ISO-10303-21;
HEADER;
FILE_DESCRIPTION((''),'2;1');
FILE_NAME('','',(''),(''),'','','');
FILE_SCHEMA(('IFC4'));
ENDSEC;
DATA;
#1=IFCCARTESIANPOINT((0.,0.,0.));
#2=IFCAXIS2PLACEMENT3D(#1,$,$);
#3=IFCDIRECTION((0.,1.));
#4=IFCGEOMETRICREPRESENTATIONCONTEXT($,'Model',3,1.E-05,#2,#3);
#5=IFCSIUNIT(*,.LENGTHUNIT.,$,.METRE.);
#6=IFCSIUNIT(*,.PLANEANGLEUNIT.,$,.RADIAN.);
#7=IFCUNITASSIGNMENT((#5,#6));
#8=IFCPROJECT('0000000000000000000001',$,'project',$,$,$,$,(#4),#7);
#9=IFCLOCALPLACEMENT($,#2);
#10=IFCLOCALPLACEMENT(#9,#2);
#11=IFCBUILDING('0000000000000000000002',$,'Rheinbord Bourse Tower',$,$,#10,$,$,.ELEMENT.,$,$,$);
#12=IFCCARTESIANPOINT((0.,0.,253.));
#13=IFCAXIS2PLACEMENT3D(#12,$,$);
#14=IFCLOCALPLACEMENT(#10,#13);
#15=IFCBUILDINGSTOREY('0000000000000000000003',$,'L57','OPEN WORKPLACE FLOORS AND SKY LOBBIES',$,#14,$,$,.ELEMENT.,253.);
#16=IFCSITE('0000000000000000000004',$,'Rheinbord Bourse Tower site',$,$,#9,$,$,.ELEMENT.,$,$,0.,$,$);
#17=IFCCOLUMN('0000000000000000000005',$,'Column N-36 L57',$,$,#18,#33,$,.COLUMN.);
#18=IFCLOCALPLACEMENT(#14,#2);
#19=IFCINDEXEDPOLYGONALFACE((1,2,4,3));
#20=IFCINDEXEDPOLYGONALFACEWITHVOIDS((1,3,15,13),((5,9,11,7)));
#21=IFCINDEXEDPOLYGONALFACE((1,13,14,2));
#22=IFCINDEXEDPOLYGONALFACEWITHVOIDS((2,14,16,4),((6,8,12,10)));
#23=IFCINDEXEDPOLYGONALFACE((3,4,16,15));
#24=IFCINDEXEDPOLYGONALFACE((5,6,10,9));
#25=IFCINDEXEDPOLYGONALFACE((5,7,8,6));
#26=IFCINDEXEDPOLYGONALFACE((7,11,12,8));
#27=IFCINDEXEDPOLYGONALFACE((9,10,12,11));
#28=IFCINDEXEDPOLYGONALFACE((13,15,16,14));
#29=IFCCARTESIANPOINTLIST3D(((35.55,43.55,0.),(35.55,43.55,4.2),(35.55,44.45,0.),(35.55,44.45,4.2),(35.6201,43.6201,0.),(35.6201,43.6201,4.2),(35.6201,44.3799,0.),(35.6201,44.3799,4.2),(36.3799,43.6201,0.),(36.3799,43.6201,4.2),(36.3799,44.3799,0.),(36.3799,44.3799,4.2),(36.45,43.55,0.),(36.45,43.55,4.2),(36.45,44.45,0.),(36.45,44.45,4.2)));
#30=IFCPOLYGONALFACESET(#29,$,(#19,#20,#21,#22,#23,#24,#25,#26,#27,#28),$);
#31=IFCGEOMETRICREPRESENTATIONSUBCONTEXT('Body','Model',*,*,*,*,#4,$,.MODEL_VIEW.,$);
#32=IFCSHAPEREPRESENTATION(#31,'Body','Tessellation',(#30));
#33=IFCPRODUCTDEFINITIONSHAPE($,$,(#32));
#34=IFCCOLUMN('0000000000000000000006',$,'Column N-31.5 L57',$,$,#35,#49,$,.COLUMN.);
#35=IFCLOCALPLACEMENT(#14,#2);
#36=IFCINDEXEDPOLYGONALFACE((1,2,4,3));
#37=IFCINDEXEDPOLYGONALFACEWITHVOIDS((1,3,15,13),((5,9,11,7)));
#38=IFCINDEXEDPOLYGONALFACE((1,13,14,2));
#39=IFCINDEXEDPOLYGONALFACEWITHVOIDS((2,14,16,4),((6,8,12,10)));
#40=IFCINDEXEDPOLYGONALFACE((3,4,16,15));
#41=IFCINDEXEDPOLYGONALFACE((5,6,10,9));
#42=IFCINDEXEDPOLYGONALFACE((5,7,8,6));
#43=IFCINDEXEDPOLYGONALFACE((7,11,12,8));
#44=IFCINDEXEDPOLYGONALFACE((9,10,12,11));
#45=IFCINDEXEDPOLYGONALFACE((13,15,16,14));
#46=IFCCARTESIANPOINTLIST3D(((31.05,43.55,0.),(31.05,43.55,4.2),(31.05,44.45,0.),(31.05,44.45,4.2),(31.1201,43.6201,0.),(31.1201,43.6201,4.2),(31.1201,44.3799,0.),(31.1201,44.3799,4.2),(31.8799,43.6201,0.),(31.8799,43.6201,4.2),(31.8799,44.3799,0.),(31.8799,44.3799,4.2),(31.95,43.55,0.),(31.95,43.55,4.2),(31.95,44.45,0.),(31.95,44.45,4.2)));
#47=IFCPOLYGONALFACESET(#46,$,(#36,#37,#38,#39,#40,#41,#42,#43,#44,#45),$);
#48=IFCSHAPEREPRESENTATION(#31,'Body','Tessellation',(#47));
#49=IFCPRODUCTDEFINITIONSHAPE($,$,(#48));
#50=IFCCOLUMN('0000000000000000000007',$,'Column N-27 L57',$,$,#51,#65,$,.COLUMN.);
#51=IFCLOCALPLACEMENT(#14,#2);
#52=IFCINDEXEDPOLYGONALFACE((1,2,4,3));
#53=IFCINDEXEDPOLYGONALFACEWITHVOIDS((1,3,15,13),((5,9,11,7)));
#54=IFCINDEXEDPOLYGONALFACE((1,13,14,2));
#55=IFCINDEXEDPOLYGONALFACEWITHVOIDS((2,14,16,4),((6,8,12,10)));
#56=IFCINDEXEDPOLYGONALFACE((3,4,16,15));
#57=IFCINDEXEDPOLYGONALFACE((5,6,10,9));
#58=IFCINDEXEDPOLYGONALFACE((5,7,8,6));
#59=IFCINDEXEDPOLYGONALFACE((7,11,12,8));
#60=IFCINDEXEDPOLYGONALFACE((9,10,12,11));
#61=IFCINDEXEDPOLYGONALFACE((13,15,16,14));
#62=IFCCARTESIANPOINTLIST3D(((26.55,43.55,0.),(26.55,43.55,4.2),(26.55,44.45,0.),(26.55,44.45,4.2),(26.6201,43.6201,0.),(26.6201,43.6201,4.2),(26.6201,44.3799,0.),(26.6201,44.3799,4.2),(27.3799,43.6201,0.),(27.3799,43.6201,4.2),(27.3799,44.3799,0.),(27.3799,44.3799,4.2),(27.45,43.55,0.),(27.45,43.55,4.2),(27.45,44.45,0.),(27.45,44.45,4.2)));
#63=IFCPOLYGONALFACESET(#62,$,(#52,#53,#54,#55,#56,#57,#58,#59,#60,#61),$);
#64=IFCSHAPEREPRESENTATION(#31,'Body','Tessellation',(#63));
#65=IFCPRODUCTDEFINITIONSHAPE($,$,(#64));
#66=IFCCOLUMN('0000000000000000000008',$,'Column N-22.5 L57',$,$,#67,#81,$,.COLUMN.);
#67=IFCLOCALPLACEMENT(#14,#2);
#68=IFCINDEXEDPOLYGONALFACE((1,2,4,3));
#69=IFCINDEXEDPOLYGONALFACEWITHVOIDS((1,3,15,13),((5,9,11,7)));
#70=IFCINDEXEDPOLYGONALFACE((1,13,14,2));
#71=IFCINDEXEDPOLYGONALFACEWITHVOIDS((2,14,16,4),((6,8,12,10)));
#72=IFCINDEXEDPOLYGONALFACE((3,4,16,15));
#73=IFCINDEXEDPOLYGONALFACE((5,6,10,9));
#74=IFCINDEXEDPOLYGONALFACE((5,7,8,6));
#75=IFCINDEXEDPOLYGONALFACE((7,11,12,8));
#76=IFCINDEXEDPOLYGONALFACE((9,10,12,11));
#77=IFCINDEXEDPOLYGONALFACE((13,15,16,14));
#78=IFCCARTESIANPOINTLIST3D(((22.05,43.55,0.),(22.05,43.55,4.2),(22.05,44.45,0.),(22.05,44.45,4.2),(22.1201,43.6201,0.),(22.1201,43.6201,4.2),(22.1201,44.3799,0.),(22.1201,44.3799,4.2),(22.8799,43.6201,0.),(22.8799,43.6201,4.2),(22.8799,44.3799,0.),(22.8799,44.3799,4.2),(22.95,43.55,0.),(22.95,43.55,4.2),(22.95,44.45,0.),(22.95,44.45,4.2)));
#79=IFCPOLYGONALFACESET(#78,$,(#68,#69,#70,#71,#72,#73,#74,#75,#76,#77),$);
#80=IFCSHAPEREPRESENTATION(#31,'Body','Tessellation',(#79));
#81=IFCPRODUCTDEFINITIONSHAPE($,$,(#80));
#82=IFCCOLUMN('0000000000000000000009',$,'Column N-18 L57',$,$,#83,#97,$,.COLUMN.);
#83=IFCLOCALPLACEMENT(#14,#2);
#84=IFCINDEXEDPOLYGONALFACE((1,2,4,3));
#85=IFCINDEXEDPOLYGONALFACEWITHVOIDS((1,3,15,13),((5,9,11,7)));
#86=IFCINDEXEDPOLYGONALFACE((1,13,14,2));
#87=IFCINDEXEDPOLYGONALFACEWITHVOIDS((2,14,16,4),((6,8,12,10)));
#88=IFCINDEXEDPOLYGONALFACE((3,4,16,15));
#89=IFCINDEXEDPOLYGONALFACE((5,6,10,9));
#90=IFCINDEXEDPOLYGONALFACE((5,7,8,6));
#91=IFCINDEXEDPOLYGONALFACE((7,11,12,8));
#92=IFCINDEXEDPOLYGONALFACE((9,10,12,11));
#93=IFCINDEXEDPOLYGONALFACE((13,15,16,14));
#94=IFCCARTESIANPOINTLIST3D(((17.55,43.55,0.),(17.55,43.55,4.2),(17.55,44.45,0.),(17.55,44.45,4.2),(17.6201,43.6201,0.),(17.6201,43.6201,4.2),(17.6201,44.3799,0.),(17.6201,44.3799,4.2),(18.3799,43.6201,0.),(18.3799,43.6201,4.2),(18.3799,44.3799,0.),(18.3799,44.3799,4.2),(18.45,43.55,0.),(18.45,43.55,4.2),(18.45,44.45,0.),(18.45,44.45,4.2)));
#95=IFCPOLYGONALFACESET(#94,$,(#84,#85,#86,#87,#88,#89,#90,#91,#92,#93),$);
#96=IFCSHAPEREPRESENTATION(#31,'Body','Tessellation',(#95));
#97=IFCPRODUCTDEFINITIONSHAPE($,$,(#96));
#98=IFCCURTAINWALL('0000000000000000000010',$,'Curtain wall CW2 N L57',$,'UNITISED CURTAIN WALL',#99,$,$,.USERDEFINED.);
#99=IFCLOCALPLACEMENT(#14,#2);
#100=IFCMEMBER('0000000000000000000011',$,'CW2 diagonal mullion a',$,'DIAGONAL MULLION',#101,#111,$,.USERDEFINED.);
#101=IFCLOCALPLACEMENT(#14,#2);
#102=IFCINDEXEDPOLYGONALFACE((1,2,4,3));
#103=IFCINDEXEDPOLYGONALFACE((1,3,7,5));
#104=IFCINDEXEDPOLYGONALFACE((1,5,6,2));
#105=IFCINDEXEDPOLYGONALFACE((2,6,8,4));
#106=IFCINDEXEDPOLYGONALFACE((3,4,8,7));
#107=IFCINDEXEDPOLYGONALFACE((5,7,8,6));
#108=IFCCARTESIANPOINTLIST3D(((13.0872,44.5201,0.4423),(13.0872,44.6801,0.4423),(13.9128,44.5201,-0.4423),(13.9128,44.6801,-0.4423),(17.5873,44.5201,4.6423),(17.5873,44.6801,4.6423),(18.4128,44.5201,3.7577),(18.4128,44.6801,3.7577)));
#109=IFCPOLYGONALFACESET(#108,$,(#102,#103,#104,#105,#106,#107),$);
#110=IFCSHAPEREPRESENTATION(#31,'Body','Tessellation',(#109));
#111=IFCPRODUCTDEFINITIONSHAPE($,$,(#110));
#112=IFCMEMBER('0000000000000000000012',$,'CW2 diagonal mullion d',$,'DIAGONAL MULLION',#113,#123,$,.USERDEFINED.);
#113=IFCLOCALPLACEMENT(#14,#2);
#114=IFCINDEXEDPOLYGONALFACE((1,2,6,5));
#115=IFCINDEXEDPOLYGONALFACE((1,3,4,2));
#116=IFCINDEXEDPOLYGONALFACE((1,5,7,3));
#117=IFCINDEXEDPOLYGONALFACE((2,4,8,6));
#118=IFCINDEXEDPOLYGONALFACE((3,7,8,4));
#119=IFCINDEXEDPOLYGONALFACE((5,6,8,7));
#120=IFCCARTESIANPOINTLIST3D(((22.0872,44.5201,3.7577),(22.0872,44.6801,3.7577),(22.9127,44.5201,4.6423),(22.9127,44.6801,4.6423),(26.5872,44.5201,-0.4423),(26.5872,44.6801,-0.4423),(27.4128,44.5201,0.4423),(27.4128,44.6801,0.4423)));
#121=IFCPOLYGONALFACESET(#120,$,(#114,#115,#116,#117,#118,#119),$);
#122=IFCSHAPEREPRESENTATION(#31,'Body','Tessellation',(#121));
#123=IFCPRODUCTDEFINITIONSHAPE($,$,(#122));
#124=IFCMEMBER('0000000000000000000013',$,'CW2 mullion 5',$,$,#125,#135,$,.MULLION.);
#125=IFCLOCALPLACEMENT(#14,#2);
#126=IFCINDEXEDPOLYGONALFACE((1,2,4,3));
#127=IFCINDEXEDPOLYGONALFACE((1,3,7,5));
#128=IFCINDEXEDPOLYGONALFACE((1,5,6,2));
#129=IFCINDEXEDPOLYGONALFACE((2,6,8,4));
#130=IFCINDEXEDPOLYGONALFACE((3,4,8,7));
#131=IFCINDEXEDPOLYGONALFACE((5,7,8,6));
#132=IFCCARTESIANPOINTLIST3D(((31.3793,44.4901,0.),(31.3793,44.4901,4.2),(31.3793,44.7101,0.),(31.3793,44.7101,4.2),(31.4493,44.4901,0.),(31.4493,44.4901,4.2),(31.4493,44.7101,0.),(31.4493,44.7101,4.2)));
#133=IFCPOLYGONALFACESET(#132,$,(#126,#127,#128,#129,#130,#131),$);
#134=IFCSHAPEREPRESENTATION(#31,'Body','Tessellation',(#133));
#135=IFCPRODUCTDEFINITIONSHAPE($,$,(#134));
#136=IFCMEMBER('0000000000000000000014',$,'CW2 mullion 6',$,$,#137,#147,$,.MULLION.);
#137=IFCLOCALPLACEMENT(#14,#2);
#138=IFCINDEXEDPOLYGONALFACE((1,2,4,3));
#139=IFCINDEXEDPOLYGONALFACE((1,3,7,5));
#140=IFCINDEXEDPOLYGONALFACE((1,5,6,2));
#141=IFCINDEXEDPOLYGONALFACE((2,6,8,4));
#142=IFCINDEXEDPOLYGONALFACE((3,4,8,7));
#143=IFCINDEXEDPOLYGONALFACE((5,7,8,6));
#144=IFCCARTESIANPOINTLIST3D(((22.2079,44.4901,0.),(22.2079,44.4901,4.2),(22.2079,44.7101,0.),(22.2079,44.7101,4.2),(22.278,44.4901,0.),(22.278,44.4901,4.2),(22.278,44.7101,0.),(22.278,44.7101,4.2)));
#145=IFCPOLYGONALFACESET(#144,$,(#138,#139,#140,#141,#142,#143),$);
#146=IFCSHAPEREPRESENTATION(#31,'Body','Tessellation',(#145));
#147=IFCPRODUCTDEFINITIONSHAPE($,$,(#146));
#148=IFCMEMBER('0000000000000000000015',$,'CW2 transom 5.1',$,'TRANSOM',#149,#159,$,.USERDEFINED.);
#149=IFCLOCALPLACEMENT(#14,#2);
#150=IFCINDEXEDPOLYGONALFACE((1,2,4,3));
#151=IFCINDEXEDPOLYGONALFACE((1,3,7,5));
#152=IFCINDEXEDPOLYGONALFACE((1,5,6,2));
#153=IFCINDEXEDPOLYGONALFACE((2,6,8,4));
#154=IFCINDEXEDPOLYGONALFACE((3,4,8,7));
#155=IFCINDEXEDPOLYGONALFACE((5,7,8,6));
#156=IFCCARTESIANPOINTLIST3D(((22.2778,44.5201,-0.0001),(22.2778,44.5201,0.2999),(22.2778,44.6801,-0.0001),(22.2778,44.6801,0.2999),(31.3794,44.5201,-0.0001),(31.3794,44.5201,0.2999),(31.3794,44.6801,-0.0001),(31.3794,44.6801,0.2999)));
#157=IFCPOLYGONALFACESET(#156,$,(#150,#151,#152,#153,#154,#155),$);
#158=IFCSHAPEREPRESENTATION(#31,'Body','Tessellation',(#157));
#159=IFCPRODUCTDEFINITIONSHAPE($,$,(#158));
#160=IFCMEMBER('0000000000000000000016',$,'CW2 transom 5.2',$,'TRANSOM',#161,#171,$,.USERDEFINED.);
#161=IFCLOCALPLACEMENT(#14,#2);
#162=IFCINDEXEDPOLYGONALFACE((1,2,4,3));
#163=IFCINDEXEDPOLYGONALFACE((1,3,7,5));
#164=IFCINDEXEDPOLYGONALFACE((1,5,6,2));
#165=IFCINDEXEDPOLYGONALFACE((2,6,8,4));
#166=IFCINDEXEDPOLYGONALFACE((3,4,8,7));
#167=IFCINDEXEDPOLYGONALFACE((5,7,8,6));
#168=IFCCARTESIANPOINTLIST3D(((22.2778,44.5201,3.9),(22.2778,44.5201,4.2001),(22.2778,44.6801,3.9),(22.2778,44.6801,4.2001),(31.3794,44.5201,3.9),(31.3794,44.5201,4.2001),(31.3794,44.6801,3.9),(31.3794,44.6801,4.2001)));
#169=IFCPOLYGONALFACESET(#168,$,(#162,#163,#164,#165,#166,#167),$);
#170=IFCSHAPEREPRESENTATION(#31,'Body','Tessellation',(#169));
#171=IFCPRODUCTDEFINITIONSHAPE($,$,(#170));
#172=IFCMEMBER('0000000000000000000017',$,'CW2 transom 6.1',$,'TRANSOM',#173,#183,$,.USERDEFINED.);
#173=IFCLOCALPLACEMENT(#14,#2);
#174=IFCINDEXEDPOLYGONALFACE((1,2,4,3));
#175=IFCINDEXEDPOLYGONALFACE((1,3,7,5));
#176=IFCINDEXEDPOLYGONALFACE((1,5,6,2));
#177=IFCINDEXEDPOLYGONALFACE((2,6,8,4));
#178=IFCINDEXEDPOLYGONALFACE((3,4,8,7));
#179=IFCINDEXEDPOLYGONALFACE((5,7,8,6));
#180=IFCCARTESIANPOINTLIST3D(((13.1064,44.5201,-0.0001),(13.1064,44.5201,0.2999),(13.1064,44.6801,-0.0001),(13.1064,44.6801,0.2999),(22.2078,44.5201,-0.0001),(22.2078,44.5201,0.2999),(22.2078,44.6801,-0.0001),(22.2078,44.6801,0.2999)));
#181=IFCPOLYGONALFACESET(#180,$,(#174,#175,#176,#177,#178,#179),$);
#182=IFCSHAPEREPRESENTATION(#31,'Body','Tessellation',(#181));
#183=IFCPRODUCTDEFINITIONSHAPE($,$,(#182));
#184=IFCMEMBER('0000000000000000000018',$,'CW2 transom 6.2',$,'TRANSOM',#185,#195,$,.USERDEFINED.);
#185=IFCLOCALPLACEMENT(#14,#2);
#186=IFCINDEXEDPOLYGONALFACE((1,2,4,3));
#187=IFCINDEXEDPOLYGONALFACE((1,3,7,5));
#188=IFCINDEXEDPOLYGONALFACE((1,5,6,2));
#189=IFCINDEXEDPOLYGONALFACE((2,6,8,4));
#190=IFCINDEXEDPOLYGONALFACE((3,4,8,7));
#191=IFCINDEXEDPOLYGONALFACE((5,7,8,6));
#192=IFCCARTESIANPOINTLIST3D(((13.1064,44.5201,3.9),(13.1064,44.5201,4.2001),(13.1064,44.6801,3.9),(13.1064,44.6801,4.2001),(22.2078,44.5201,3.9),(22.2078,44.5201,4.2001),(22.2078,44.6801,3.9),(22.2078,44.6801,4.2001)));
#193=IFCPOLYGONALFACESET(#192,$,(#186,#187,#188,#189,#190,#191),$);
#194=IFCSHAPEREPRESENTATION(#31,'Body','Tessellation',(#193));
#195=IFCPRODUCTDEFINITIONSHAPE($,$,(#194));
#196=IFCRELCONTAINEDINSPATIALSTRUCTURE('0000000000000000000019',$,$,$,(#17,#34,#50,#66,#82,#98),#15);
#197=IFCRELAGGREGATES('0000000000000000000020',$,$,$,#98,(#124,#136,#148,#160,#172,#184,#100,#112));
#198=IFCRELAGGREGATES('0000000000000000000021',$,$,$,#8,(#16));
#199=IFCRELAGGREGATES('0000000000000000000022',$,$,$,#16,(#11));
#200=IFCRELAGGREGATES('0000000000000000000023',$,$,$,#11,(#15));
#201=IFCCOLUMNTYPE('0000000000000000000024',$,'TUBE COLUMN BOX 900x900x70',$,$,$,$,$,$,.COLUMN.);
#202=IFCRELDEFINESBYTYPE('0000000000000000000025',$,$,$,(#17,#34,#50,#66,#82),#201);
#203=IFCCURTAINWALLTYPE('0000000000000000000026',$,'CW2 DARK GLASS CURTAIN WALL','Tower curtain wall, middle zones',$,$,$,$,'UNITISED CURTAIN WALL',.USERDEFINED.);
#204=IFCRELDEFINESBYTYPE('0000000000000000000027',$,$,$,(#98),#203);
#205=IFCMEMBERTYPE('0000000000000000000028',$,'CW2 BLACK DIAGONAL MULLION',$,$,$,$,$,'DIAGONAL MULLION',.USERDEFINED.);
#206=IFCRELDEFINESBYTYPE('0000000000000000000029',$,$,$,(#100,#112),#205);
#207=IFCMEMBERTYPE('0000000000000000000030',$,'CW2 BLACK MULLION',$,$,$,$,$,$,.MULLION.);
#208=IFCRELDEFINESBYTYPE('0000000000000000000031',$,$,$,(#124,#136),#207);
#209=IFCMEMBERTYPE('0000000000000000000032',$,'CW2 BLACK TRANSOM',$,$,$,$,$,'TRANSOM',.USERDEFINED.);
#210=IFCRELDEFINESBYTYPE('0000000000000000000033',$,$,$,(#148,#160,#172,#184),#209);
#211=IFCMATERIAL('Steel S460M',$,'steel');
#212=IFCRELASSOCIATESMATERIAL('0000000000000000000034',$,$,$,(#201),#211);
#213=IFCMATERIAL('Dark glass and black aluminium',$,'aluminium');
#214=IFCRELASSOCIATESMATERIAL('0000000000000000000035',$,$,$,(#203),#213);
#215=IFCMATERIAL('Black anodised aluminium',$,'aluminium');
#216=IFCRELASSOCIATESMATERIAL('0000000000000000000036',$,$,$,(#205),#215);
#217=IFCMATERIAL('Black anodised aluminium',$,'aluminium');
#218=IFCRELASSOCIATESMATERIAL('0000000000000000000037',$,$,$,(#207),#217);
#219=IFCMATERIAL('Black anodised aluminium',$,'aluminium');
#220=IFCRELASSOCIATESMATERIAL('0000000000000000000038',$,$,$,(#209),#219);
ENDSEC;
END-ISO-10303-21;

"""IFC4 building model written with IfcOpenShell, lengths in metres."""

from ifc_helpers import new_model, si_unit, direction, frame, origin, origin_2d, place, context, subcontext, project, spatial, rectangle, hollow_rectangle, extrude, material, material_profile, profile_set, type_object, element, aggregate, save


model = new_model("IFC4")

# Units and contexts
model_context = context("Model", 3, precision=1e-05, world=origin(), true_north=direction((0.0, 1.0)))
body_context = subcontext(model_context, "Body", "Model", "MODEL_VIEW")
ifc_project = project(units=[si_unit("LENGTHUNIT", "METRE"), si_unit("PLANEANGLEUNIT", "RADIAN")], contexts=[model_context])

# Site, building, storey
site_placement = place(None, origin())
site = spatial("IfcSite", under=ifc_project, at=site_placement, Name="Rheinbord Bourse Tower site", CompositionType="ELEMENT", RefElevation=0.0)
building_placement = place(site_placement, origin())
building = spatial("IfcBuilding", under=site, at=building_placement, Name="Rheinbord Bourse Tower", CompositionType="ELEMENT")
storey_placement = place(building_placement, frame((0.0, 0.0, 253.0)))
storey = spatial("IfcBuildingStorey", under=building, at=storey_placement, Name="L57", Description="OPEN WORKPLACE FLOORS AND SKY LOBBIES", CompositionType="ELEMENT", Elevation=253.0)

# Columns
ifc_material_1 = material(Name="Steel S460M", Category="steel")
ifc_material_profile_1 = material_profile(ifc_material_1, hollow_rectangle(XDim=0.8999, YDim=0.8999, WallThickness=0.0701, at=origin_2d()), Name="BOX 900x900x70")
ifc_profile_set_1 = profile_set([ifc_material_profile_1], Name="Steel S460M")
column_type = type_object("IfcColumnType", Name="TUBE COLUMN BOX 900x900x70", PredefinedType="COLUMN", material=ifc_profile_set_1)
for number, where, z_axis, x_axis, name in (
    (1, (36.0, 44.0, 0.0), (0.0, 0.0, 1.0), (0.0, 1.0, 0.0), "Column N-36 L57"),
    (2, (31.5, 44.0, 0.0), (0.0, 0.0, 1.0), (0.0, 1.0, 0.0), "Column N-31.5 L57"),
    (3, (27.0, 44.0, 0.0), (0.0, 0.0, 1.0), (0.0, 1.0, 0.0), "Column N-27 L57"),
    (4, (22.5, 44.0, 0.0), (0.0, 0.0, 1.0), (0.0, 1.0, 0.0), "Column N-22.5 L57"),
    (5, (18.0, 44.0, 0.0), (0.0, 0.0, 1.0), (0.0, 1.0, 0.0), "Column N-18 L57"),
):
    element("IfcColumn", number, at=place(storey_placement, frame(where, z_axis=z_axis, x_axis=x_axis)), inside=storey, type_object=column_type, Name=name, PredefinedType="COLUMN", context=body_context, shape_type="SweptSolid", body=[
        extrude(hollow_rectangle(XDim=0.8999, YDim=0.8999, WallThickness=0.0701, at=origin_2d()), origin(), (0.0, 0.0, 1.0), 4.2),
    ])

# Curtain wall, members
ifc_material_2 = material(Name="Dark glass and black aluminium", Category="aluminium")
curtain_wall_type = type_object("IfcCurtainWallType", Name="CW2 DARK GLASS CURTAIN WALL", Description="Tower curtain wall, middle zones", ElementType="UNITISED CURTAIN WALL", PredefinedType="USERDEFINED", material=ifc_material_2)
curtain_wall_placement = place(storey_placement, origin())
curtain_wall = element("IfcCurtainWall", 6, at=curtain_wall_placement, inside=storey, type_object=curtain_wall_type, Name="Curtain wall CW2 N L57", ObjectType="UNITISED CURTAIN WALL", PredefinedType="USERDEFINED")
ifc_material_3 = material(Name="Black anodised aluminium", Category="aluminium")
ifc_material_profile_2 = material_profile(ifc_material_3, rectangle(XDim=0.1599, YDim=1.21, at=origin_2d()), Name="CW2 DIAGONAL MULLION 1210x160")
ifc_profile_set_2 = profile_set([ifc_material_profile_2], Name="Black anodised aluminium")
member_type_1 = type_object("IfcMemberType", Name="CW2 BLACK DIAGONAL MULLION", ElementType="DIAGONAL MULLION", PredefinedType="USERDEFINED", material=ifc_profile_set_2)
member_1_placement = place(storey_placement, frame((13.5, 44.6001, 0.0), z_axis=(0.731059, 0.0, 0.682314), x_axis=(0.0, 1.0, 0.0)))
member_1 = element("IfcMember", 7, at=member_1_placement, type_object=member_type_1, Name="CW2 diagonal mullion a", ObjectType="DIAGONAL MULLION", PredefinedType="USERDEFINED", context=body_context, shape_type="SweptSolid", body=[
    extrude(rectangle(XDim=0.1599, YDim=1.21, at=origin_2d()), origin(), (0.0, 0.0, 1.0), 6.1555),
])
member_2_placement = place(storey_placement, frame((27.0, 44.6001, 0.0), z_axis=(-0.731059, 0.0, 0.682314), x_axis=(0.0, -1.0, 0.0)))
member_2 = element("IfcMember", 8, at=member_2_placement, type_object=member_type_1, Name="CW2 diagonal mullion d", ObjectType="DIAGONAL MULLION", PredefinedType="USERDEFINED", context=body_context, shape_type="SweptSolid", body=[
    extrude(rectangle(XDim=0.1599, YDim=1.21, at=origin_2d()), origin(), (0.0, 0.0, 1.0), 6.1555),
])
ifc_material_4 = material(Name="Black anodised aluminium", Category="aluminium")
ifc_material_profile_3 = material_profile(ifc_material_4, rectangle(XDim=0.22, YDim=0.0701, at=origin_2d()), Name="CW2 MULLION 70x220")
ifc_profile_set_3 = profile_set([ifc_material_profile_3], Name="Black anodised aluminium")
member_type_2 = type_object("IfcMemberType", Name="CW2 BLACK MULLION", PredefinedType="MULLION", material=ifc_profile_set_3)
member_3_placement = place(storey_placement, frame((31.4143, 44.6001, 0.0), z_axis=(0.0, 0.0, 1.0), x_axis=(0.0, -1.0, 0.0)))
member_3 = element("IfcMember", 9, at=member_3_placement, type_object=member_type_2, Name="CW2 mullion 5", PredefinedType="MULLION", context=body_context, shape_type="SweptSolid", body=[
    extrude(rectangle(XDim=0.22, YDim=0.0701, at=origin_2d()), origin(), (0.0, 0.0, 1.0), 4.2),
])
member_4_placement = place(storey_placement, frame((22.2429, 44.6001, 0.0), z_axis=(0.0, 0.0, 1.0), x_axis=(0.0, -1.0, 0.0)))
member_4 = element("IfcMember", 10, at=member_4_placement, type_object=member_type_2, Name="CW2 mullion 6", PredefinedType="MULLION", context=body_context, shape_type="SweptSolid", body=[
    extrude(rectangle(XDim=0.22, YDim=0.0701, at=origin_2d()), origin(), (0.0, 0.0, 1.0), 4.2),
])
ifc_material_5 = material(Name="Black anodised aluminium", Category="aluminium")
ifc_material_profile_4 = material_profile(ifc_material_5, rectangle(XDim=0.1599, YDim=0.3, at=origin_2d()), Name="CW2 TRANSOM 300x160")
ifc_profile_set_4 = profile_set([ifc_material_profile_4], Name="Black anodised aluminium")
member_type_3 = type_object("IfcMemberType", Name="CW2 BLACK TRANSOM", ElementType="TRANSOM", PredefinedType="USERDEFINED", material=ifc_profile_set_4)
member_5_placement = place(storey_placement, frame((31.3794, 44.6001, 0.1499), z_axis=(-1.0, 0.0, 0.0), x_axis=(0.0, -1.0, 0.0)))
member_5 = element("IfcMember", 11, at=member_5_placement, type_object=member_type_3, Name="CW2 transom 5.1", ObjectType="TRANSOM", PredefinedType="USERDEFINED", context=body_context, shape_type="SweptSolid", body=[
    extrude(rectangle(XDim=0.1599, YDim=0.3, at=origin_2d()), origin(), (0.0, 0.0, 1.0), 9.1016),
])
member_6_placement = place(storey_placement, frame((31.3794, 44.6001, 4.05), z_axis=(-1.0, 0.0, 0.0), x_axis=(0.0, -1.0, 0.0)))
member_6 = element("IfcMember", 12, at=member_6_placement, type_object=member_type_3, Name="CW2 transom 5.2", ObjectType="TRANSOM", PredefinedType="USERDEFINED", context=body_context, shape_type="SweptSolid", body=[
    extrude(rectangle(XDim=0.1599, YDim=0.3, at=origin_2d()), origin(), (0.0, 0.0, 1.0), 9.1016),
])
member_7_placement = place(storey_placement, frame((22.2078, 44.6001, 0.1499), z_axis=(-1.0, 0.0, 0.0), x_axis=(0.0, -1.0, 0.0)))
member_7 = element("IfcMember", 13, at=member_7_placement, type_object=member_type_3, Name="CW2 transom 6.1", ObjectType="TRANSOM", PredefinedType="USERDEFINED", context=body_context, shape_type="SweptSolid", body=[
    extrude(rectangle(XDim=0.1599, YDim=0.3, at=origin_2d()), origin(), (0.0, 0.0, 1.0), 9.1013),
])
member_8_placement = place(storey_placement, frame((22.2078, 44.6001, 4.05), z_axis=(-1.0, 0.0, 0.0), x_axis=(0.0, -1.0, 0.0)))
member_8 = element("IfcMember", 14, at=member_8_placement, type_object=member_type_3, Name="CW2 transom 6.2", ObjectType="TRANSOM", PredefinedType="USERDEFINED", context=body_context, shape_type="SweptSolid", body=[
    extrude(rectangle(XDim=0.1599, YDim=0.3, at=origin_2d()), origin(), (0.0, 0.0, 1.0), 9.1013),
])

aggregate(curtain_wall, [member_3, member_4, member_5, member_6, member_7, member_8, member_1, member_2])

save(model, "model.ifc")
